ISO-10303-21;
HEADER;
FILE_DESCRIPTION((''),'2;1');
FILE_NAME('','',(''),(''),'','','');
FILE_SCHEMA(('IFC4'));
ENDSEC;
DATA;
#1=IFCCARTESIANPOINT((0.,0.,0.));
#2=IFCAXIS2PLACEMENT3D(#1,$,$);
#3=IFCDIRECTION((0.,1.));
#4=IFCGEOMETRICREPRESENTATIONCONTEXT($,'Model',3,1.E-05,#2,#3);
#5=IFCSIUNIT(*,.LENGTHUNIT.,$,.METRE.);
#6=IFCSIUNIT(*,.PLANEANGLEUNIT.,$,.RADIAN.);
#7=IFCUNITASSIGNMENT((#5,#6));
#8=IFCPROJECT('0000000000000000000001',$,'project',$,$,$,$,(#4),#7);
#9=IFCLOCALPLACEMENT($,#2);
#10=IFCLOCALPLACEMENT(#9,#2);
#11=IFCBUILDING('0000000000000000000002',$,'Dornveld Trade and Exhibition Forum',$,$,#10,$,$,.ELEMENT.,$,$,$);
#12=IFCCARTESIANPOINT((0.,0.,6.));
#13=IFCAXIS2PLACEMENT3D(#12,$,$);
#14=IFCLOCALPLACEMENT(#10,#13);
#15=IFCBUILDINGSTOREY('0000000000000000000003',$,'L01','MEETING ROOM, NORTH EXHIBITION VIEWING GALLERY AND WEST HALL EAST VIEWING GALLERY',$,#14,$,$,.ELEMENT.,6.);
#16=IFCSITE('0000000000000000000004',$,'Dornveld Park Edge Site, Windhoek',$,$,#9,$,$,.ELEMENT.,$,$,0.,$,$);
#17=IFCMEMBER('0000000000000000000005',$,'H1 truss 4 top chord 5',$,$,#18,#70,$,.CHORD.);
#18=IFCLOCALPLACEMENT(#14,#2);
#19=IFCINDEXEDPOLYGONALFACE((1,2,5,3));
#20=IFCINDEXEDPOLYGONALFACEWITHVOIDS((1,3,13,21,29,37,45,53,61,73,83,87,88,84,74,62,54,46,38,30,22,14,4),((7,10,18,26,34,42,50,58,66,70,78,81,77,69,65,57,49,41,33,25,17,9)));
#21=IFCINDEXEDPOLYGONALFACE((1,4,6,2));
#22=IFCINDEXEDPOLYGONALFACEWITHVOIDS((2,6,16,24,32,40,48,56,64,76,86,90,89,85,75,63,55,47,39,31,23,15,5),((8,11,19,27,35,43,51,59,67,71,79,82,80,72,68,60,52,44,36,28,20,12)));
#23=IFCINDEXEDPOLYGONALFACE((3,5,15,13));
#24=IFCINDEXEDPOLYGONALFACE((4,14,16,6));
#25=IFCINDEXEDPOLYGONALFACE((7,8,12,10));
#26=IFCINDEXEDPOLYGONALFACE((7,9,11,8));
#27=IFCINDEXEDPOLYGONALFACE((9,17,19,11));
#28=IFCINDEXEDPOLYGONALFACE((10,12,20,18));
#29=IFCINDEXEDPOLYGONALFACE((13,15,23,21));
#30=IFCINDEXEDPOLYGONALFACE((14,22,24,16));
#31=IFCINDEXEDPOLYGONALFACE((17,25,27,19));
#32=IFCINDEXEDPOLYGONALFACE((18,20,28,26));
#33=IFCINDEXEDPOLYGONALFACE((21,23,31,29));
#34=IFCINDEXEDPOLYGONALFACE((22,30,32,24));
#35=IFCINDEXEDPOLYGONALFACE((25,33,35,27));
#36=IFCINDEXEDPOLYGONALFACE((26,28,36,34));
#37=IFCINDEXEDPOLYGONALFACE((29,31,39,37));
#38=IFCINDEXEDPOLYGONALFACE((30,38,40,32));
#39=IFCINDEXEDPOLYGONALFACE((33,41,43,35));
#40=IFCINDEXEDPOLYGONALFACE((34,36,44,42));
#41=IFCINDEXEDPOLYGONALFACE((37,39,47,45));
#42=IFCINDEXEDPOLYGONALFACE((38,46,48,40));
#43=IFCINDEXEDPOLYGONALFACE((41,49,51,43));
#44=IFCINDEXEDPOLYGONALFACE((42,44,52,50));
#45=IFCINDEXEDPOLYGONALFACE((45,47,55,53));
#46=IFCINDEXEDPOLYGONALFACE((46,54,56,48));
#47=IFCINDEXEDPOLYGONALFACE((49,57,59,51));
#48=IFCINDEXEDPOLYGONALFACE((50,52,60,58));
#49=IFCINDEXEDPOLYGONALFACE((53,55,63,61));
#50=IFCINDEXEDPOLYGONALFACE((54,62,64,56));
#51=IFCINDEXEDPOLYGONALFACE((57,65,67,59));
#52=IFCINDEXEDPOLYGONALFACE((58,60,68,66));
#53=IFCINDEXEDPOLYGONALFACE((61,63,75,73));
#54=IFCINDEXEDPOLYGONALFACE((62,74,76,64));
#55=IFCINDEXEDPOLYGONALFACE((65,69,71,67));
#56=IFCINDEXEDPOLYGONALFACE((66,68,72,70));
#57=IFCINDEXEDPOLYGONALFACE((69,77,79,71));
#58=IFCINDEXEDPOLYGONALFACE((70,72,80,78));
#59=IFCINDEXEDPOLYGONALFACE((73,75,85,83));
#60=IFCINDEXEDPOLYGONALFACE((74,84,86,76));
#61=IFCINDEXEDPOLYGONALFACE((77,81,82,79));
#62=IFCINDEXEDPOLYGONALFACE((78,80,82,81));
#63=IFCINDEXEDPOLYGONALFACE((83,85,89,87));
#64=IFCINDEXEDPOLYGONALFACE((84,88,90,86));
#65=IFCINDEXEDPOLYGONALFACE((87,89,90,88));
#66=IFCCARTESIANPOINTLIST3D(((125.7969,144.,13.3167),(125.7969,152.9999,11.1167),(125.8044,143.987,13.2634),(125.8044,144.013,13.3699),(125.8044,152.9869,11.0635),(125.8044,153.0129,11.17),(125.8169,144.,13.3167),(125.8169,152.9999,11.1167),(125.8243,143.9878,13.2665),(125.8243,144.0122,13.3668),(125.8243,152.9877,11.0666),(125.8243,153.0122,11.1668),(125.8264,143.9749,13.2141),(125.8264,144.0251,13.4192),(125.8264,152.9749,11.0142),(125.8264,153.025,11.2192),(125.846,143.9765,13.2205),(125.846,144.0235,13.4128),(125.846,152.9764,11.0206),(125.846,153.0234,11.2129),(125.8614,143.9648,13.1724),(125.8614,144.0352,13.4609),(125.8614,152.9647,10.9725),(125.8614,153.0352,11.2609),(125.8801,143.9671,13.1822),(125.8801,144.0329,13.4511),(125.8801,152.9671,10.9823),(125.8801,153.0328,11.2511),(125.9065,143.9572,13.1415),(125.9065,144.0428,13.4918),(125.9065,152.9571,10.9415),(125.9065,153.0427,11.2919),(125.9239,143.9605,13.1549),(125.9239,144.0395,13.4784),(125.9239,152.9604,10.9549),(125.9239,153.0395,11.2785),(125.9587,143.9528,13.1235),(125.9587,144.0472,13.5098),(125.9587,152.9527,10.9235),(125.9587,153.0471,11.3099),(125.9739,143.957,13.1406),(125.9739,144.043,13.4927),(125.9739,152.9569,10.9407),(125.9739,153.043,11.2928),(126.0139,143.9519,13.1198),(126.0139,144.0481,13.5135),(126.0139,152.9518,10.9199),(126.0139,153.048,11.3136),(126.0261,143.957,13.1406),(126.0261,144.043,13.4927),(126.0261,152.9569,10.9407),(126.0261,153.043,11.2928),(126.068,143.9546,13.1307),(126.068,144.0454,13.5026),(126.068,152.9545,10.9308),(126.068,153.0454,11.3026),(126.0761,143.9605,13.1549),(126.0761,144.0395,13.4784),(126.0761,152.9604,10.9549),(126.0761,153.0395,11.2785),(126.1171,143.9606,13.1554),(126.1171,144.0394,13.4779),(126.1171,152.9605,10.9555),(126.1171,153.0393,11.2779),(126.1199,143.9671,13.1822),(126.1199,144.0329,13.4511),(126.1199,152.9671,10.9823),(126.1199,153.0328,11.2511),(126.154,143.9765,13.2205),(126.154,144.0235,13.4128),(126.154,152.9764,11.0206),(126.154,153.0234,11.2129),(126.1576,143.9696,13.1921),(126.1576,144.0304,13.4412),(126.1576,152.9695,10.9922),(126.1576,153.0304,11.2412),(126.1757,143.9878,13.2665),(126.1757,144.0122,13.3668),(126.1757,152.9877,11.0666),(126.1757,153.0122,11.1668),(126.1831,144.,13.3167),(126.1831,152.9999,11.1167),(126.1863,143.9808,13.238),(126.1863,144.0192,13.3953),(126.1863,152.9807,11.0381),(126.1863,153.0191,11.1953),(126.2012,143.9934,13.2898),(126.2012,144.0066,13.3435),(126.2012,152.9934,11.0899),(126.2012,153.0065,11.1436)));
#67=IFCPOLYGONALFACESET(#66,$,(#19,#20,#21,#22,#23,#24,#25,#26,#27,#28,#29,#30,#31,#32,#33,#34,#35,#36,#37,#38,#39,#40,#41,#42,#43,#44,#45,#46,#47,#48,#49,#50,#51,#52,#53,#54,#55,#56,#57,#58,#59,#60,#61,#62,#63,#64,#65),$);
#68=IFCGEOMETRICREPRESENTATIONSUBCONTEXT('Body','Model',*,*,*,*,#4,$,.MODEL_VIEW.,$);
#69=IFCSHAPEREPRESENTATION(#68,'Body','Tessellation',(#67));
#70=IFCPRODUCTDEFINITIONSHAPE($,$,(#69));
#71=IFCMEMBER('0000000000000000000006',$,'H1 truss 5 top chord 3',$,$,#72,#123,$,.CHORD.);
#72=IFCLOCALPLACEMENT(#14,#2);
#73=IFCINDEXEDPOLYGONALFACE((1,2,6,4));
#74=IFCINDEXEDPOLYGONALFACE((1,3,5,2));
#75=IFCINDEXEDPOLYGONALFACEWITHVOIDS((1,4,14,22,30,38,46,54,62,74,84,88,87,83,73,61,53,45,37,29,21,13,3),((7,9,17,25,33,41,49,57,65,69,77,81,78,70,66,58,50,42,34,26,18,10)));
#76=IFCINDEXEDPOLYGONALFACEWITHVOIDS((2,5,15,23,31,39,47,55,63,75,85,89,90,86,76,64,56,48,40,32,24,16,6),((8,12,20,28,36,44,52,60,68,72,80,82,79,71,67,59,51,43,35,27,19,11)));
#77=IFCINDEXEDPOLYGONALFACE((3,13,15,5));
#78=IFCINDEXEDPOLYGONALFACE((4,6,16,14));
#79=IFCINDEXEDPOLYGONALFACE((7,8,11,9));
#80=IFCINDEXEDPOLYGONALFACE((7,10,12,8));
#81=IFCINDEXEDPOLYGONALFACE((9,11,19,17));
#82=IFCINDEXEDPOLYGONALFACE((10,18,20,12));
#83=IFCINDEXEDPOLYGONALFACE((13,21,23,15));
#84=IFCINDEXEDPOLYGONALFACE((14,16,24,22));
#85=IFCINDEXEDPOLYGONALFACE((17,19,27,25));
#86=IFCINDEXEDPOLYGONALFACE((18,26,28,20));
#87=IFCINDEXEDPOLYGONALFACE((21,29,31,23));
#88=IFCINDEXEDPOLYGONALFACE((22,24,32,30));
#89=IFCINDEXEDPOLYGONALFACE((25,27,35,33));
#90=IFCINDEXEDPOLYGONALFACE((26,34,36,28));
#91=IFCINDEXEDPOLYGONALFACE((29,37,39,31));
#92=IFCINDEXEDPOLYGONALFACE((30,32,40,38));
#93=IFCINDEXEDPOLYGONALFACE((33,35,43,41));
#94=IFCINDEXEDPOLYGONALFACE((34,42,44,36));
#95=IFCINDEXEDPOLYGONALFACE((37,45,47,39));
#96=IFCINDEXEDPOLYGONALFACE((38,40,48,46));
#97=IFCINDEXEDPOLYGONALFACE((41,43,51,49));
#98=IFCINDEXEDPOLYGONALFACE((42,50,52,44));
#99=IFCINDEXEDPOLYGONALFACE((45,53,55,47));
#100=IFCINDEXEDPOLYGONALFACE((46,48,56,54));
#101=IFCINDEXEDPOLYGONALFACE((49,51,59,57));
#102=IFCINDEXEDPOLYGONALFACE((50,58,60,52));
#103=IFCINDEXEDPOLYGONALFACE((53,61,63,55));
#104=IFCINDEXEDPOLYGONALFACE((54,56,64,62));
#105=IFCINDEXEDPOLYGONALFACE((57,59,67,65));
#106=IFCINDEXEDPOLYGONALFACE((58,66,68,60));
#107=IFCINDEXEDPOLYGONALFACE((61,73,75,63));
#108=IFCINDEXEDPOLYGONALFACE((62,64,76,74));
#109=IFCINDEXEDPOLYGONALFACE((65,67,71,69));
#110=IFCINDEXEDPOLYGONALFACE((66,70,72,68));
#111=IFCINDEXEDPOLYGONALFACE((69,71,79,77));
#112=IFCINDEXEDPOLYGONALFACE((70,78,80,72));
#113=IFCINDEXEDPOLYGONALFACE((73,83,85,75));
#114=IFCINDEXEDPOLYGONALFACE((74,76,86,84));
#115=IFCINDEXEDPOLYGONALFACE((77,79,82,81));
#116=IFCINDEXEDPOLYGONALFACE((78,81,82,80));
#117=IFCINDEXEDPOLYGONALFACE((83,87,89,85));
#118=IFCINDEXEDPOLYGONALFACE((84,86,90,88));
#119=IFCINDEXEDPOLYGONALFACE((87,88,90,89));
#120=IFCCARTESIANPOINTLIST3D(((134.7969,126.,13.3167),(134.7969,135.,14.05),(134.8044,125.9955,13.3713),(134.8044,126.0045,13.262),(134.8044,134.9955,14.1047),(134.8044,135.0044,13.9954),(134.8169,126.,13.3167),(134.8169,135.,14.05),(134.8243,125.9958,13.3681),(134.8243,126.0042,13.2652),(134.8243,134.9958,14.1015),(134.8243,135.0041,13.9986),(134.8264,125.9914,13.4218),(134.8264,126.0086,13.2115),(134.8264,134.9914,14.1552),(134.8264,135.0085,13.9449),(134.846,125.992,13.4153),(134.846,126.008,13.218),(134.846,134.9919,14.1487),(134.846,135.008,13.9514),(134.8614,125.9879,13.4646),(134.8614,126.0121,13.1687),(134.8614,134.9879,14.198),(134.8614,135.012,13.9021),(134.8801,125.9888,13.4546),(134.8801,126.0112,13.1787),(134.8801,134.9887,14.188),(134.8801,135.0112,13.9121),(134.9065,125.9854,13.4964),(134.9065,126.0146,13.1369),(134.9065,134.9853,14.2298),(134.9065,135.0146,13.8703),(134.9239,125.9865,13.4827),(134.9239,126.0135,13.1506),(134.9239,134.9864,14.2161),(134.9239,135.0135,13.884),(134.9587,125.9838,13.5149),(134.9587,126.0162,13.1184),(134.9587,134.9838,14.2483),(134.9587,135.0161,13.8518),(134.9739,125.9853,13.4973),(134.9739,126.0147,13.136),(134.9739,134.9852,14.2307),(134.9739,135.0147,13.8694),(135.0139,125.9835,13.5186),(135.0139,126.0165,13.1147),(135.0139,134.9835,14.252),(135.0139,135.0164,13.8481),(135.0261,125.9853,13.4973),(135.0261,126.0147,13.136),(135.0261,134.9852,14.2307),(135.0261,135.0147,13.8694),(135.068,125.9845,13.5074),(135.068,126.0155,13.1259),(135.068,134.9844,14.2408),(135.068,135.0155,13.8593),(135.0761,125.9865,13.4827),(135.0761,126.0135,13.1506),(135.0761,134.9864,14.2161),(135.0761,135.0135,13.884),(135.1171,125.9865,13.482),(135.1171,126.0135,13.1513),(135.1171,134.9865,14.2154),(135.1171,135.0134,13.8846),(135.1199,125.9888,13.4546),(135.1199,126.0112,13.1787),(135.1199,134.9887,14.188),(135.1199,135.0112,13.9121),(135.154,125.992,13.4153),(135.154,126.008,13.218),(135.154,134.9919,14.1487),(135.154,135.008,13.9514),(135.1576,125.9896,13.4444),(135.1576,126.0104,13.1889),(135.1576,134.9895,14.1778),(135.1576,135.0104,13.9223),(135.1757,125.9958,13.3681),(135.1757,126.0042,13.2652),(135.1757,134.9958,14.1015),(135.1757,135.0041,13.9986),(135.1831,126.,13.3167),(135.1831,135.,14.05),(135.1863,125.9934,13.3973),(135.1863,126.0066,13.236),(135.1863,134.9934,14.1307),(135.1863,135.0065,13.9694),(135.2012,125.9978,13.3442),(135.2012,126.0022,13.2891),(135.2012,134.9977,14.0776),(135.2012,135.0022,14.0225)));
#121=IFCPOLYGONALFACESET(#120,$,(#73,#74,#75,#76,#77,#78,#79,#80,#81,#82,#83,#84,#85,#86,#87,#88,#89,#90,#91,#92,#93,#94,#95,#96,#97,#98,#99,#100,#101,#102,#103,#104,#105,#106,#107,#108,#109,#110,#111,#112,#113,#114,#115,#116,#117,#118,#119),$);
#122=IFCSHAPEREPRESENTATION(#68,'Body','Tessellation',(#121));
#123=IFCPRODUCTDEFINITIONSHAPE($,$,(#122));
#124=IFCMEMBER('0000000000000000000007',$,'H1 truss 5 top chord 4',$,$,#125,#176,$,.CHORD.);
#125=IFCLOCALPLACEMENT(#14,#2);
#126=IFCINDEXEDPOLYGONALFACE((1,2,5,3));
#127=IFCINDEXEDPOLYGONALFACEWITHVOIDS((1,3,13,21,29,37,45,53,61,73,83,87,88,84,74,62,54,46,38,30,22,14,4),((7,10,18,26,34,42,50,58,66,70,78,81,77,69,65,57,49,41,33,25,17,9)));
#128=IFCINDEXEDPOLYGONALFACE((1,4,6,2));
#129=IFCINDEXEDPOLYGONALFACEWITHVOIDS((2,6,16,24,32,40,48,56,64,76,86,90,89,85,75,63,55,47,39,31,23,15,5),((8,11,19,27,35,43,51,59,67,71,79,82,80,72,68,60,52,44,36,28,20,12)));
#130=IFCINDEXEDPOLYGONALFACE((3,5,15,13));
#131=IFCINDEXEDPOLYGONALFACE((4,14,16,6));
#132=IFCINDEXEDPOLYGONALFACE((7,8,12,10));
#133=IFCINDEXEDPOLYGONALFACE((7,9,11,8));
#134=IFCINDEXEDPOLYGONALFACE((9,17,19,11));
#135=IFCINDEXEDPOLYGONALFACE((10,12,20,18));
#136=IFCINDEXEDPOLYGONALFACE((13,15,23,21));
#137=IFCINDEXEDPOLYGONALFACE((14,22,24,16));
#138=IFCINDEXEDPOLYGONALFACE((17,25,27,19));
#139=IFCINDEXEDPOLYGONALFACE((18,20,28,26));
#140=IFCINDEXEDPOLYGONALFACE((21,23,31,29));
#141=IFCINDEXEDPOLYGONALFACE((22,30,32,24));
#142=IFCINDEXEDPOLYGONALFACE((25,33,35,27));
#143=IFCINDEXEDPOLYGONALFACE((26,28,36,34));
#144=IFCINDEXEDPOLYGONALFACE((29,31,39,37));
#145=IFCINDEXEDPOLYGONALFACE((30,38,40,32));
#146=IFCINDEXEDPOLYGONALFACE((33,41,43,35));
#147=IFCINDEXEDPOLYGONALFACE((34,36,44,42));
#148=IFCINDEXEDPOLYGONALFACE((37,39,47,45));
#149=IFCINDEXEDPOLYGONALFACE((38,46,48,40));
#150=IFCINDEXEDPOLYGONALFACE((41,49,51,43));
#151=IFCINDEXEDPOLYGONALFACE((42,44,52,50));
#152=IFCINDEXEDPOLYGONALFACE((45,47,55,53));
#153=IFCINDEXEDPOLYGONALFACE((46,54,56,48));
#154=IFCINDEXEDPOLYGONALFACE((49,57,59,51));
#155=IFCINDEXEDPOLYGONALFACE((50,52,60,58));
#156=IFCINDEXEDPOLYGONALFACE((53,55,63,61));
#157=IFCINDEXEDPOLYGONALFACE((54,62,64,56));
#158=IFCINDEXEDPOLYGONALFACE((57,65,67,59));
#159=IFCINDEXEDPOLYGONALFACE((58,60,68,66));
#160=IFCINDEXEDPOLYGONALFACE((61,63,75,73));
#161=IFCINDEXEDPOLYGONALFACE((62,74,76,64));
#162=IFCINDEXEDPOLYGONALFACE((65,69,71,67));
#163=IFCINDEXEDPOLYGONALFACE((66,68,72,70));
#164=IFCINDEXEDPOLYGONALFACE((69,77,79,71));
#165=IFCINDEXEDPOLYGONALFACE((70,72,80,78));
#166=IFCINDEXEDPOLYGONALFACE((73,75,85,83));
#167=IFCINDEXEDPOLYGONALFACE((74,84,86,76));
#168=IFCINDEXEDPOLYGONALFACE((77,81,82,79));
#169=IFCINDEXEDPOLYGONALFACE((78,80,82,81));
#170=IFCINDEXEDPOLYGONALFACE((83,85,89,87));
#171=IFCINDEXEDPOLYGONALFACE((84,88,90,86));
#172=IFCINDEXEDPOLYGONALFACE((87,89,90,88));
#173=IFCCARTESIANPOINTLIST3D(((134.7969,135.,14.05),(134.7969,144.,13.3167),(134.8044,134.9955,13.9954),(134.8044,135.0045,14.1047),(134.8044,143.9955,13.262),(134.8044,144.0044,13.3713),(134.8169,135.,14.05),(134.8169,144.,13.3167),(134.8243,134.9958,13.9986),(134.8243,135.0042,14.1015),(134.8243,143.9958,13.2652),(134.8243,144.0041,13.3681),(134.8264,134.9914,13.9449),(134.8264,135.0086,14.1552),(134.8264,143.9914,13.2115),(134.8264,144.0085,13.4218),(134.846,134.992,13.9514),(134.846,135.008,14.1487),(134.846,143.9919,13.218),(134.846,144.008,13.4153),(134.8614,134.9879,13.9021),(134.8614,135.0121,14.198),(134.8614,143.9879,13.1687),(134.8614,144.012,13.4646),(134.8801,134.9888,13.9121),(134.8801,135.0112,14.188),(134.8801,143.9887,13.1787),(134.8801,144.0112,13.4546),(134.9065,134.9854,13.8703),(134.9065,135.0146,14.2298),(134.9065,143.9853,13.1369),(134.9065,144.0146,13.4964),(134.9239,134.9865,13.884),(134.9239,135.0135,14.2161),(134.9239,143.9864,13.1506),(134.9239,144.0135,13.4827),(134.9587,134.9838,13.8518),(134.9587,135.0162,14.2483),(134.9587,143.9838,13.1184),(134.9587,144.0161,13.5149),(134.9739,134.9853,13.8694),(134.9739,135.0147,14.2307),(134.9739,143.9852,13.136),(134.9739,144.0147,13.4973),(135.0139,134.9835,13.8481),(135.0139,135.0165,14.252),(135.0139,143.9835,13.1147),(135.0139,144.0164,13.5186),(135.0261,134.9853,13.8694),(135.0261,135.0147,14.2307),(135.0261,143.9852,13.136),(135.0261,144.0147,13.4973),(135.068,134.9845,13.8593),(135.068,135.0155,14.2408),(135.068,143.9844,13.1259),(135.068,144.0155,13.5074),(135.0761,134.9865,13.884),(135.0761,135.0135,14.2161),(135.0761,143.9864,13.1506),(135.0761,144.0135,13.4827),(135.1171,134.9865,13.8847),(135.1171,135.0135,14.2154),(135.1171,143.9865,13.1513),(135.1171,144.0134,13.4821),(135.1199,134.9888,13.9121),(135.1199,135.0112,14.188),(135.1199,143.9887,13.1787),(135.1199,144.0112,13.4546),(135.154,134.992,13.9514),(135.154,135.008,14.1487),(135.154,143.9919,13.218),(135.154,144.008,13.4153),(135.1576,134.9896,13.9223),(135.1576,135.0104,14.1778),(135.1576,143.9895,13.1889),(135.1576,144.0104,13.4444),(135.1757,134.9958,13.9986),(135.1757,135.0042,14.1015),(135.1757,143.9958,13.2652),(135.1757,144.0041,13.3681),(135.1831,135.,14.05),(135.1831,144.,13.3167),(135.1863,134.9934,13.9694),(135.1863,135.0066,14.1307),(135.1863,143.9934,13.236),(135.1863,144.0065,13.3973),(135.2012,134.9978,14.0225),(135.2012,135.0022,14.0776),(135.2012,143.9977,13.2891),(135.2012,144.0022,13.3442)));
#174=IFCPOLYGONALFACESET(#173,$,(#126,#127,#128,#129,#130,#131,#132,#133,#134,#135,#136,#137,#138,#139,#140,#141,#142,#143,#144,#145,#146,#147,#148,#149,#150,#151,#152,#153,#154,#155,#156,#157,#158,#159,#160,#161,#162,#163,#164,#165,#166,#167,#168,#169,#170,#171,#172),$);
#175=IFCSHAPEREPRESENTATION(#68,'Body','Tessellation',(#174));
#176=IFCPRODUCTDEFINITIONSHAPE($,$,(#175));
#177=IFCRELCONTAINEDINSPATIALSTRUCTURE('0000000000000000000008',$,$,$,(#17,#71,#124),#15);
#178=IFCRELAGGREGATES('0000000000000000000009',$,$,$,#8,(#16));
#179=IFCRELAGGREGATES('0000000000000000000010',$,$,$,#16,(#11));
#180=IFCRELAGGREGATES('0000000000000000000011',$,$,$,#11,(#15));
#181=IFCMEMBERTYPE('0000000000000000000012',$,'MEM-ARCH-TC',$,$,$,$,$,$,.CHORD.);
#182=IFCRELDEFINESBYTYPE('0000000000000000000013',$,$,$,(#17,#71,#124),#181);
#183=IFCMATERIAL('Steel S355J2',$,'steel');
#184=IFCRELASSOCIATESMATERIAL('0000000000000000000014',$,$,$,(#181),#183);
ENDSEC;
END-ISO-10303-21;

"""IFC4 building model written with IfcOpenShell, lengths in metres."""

from ifc_helpers import new_model, si_unit, direction, frame, origin, origin_2d, place, context, subcontext, project, spatial, hollow_circle, extrude, material, material_profile, profile_set, type_object, element, save


model = new_model("IFC4")

# Units and contexts
model_context = context("Model", 3, precision=1e-05, world=origin(), true_north=direction((0.0, 1.0)))
body_context = subcontext(model_context, "Body", "Model", "MODEL_VIEW")
ifc_project = project(units=[si_unit("LENGTHUNIT", "METRE"), si_unit("PLANEANGLEUNIT", "RADIAN")], contexts=[model_context])

# Site, building, storey
site_placement = place(None, origin())
site = spatial("IfcSite", under=ifc_project, at=site_placement, Name="Dornveld Park Edge Site, Windhoek", CompositionType="ELEMENT", RefElevation=0.0)
building_placement = place(site_placement, origin())
building = spatial("IfcBuilding", under=site, at=building_placement, Name="Dornveld Trade and Exhibition Forum", CompositionType="ELEMENT")
storey_placement = place(building_placement, frame((0.0, 0.0, 6.0)))
storey = spatial("IfcBuildingStorey", under=building, at=storey_placement, Name="L01", Description="MEETING ROOM, NORTH EXHIBITION VIEWING GALLERY AND WEST HALL EAST VIEWING GALLERY", CompositionType="ELEMENT", Elevation=6.0)

# Members
ifc_material_1 = material(Name="Steel S355J2", Category="steel")
ifc_material_profile_1 = material_profile(ifc_material_1, hollow_circle(Radius=0.2031, WallThickness=0.02, at=origin_2d()), Name="CHS 406.4x20")
ifc_profile_set_1 = profile_set([ifc_material_profile_1], Name="Steel S355J2")
member_type_1 = type_object("IfcMemberType", Name="MEM-ARCH-TC", PredefinedType="CHORD", material=ifc_profile_set_1)
member_1_placement = place(storey_placement, frame((126.0, 144.0, 13.3167), z_axis=(0.0, 0.9714, -0.237448), x_axis=(-1.0, 0.0, 0.0)))
element("IfcMember", 1, at=member_1_placement, inside=storey, type_object=member_type_1, Name="H1 truss 4 top chord 5", PredefinedType="CHORD", context=body_context, shape_type="SweptSolid", body=[
    extrude(hollow_circle(Radius=0.2031, WallThickness=0.02, at=origin_2d()), origin(), (0.0, 0.0, 1.0), 9.2649),
])
for number, where, z_axis, x_axis, name in (
    (2, (135.0, 126.0, 13.3167), (0.0, 0.996696, 0.081219), (-1.0, 0.0, 0.0), "H1 truss 5 top chord 3"),
    (3, (135.0, 135.0, 14.05), (0.0, 0.996696, -0.081219), (-1.0, 0.0, 0.0), "H1 truss 5 top chord 4"),
):
    element("IfcMember", number, at=place(storey_placement, frame(where, z_axis=z_axis, x_axis=x_axis)), inside=storey, type_object=member_type_1, Name=name, PredefinedType="CHORD", context=body_context, shape_type="SweptSolid", body=[
        extrude(hollow_circle(Radius=0.2031, WallThickness=0.02, at=origin_2d()), origin(), (0.0, 0.0, 1.0), 9.0298),
    ])

save(model, "model.ifc")
